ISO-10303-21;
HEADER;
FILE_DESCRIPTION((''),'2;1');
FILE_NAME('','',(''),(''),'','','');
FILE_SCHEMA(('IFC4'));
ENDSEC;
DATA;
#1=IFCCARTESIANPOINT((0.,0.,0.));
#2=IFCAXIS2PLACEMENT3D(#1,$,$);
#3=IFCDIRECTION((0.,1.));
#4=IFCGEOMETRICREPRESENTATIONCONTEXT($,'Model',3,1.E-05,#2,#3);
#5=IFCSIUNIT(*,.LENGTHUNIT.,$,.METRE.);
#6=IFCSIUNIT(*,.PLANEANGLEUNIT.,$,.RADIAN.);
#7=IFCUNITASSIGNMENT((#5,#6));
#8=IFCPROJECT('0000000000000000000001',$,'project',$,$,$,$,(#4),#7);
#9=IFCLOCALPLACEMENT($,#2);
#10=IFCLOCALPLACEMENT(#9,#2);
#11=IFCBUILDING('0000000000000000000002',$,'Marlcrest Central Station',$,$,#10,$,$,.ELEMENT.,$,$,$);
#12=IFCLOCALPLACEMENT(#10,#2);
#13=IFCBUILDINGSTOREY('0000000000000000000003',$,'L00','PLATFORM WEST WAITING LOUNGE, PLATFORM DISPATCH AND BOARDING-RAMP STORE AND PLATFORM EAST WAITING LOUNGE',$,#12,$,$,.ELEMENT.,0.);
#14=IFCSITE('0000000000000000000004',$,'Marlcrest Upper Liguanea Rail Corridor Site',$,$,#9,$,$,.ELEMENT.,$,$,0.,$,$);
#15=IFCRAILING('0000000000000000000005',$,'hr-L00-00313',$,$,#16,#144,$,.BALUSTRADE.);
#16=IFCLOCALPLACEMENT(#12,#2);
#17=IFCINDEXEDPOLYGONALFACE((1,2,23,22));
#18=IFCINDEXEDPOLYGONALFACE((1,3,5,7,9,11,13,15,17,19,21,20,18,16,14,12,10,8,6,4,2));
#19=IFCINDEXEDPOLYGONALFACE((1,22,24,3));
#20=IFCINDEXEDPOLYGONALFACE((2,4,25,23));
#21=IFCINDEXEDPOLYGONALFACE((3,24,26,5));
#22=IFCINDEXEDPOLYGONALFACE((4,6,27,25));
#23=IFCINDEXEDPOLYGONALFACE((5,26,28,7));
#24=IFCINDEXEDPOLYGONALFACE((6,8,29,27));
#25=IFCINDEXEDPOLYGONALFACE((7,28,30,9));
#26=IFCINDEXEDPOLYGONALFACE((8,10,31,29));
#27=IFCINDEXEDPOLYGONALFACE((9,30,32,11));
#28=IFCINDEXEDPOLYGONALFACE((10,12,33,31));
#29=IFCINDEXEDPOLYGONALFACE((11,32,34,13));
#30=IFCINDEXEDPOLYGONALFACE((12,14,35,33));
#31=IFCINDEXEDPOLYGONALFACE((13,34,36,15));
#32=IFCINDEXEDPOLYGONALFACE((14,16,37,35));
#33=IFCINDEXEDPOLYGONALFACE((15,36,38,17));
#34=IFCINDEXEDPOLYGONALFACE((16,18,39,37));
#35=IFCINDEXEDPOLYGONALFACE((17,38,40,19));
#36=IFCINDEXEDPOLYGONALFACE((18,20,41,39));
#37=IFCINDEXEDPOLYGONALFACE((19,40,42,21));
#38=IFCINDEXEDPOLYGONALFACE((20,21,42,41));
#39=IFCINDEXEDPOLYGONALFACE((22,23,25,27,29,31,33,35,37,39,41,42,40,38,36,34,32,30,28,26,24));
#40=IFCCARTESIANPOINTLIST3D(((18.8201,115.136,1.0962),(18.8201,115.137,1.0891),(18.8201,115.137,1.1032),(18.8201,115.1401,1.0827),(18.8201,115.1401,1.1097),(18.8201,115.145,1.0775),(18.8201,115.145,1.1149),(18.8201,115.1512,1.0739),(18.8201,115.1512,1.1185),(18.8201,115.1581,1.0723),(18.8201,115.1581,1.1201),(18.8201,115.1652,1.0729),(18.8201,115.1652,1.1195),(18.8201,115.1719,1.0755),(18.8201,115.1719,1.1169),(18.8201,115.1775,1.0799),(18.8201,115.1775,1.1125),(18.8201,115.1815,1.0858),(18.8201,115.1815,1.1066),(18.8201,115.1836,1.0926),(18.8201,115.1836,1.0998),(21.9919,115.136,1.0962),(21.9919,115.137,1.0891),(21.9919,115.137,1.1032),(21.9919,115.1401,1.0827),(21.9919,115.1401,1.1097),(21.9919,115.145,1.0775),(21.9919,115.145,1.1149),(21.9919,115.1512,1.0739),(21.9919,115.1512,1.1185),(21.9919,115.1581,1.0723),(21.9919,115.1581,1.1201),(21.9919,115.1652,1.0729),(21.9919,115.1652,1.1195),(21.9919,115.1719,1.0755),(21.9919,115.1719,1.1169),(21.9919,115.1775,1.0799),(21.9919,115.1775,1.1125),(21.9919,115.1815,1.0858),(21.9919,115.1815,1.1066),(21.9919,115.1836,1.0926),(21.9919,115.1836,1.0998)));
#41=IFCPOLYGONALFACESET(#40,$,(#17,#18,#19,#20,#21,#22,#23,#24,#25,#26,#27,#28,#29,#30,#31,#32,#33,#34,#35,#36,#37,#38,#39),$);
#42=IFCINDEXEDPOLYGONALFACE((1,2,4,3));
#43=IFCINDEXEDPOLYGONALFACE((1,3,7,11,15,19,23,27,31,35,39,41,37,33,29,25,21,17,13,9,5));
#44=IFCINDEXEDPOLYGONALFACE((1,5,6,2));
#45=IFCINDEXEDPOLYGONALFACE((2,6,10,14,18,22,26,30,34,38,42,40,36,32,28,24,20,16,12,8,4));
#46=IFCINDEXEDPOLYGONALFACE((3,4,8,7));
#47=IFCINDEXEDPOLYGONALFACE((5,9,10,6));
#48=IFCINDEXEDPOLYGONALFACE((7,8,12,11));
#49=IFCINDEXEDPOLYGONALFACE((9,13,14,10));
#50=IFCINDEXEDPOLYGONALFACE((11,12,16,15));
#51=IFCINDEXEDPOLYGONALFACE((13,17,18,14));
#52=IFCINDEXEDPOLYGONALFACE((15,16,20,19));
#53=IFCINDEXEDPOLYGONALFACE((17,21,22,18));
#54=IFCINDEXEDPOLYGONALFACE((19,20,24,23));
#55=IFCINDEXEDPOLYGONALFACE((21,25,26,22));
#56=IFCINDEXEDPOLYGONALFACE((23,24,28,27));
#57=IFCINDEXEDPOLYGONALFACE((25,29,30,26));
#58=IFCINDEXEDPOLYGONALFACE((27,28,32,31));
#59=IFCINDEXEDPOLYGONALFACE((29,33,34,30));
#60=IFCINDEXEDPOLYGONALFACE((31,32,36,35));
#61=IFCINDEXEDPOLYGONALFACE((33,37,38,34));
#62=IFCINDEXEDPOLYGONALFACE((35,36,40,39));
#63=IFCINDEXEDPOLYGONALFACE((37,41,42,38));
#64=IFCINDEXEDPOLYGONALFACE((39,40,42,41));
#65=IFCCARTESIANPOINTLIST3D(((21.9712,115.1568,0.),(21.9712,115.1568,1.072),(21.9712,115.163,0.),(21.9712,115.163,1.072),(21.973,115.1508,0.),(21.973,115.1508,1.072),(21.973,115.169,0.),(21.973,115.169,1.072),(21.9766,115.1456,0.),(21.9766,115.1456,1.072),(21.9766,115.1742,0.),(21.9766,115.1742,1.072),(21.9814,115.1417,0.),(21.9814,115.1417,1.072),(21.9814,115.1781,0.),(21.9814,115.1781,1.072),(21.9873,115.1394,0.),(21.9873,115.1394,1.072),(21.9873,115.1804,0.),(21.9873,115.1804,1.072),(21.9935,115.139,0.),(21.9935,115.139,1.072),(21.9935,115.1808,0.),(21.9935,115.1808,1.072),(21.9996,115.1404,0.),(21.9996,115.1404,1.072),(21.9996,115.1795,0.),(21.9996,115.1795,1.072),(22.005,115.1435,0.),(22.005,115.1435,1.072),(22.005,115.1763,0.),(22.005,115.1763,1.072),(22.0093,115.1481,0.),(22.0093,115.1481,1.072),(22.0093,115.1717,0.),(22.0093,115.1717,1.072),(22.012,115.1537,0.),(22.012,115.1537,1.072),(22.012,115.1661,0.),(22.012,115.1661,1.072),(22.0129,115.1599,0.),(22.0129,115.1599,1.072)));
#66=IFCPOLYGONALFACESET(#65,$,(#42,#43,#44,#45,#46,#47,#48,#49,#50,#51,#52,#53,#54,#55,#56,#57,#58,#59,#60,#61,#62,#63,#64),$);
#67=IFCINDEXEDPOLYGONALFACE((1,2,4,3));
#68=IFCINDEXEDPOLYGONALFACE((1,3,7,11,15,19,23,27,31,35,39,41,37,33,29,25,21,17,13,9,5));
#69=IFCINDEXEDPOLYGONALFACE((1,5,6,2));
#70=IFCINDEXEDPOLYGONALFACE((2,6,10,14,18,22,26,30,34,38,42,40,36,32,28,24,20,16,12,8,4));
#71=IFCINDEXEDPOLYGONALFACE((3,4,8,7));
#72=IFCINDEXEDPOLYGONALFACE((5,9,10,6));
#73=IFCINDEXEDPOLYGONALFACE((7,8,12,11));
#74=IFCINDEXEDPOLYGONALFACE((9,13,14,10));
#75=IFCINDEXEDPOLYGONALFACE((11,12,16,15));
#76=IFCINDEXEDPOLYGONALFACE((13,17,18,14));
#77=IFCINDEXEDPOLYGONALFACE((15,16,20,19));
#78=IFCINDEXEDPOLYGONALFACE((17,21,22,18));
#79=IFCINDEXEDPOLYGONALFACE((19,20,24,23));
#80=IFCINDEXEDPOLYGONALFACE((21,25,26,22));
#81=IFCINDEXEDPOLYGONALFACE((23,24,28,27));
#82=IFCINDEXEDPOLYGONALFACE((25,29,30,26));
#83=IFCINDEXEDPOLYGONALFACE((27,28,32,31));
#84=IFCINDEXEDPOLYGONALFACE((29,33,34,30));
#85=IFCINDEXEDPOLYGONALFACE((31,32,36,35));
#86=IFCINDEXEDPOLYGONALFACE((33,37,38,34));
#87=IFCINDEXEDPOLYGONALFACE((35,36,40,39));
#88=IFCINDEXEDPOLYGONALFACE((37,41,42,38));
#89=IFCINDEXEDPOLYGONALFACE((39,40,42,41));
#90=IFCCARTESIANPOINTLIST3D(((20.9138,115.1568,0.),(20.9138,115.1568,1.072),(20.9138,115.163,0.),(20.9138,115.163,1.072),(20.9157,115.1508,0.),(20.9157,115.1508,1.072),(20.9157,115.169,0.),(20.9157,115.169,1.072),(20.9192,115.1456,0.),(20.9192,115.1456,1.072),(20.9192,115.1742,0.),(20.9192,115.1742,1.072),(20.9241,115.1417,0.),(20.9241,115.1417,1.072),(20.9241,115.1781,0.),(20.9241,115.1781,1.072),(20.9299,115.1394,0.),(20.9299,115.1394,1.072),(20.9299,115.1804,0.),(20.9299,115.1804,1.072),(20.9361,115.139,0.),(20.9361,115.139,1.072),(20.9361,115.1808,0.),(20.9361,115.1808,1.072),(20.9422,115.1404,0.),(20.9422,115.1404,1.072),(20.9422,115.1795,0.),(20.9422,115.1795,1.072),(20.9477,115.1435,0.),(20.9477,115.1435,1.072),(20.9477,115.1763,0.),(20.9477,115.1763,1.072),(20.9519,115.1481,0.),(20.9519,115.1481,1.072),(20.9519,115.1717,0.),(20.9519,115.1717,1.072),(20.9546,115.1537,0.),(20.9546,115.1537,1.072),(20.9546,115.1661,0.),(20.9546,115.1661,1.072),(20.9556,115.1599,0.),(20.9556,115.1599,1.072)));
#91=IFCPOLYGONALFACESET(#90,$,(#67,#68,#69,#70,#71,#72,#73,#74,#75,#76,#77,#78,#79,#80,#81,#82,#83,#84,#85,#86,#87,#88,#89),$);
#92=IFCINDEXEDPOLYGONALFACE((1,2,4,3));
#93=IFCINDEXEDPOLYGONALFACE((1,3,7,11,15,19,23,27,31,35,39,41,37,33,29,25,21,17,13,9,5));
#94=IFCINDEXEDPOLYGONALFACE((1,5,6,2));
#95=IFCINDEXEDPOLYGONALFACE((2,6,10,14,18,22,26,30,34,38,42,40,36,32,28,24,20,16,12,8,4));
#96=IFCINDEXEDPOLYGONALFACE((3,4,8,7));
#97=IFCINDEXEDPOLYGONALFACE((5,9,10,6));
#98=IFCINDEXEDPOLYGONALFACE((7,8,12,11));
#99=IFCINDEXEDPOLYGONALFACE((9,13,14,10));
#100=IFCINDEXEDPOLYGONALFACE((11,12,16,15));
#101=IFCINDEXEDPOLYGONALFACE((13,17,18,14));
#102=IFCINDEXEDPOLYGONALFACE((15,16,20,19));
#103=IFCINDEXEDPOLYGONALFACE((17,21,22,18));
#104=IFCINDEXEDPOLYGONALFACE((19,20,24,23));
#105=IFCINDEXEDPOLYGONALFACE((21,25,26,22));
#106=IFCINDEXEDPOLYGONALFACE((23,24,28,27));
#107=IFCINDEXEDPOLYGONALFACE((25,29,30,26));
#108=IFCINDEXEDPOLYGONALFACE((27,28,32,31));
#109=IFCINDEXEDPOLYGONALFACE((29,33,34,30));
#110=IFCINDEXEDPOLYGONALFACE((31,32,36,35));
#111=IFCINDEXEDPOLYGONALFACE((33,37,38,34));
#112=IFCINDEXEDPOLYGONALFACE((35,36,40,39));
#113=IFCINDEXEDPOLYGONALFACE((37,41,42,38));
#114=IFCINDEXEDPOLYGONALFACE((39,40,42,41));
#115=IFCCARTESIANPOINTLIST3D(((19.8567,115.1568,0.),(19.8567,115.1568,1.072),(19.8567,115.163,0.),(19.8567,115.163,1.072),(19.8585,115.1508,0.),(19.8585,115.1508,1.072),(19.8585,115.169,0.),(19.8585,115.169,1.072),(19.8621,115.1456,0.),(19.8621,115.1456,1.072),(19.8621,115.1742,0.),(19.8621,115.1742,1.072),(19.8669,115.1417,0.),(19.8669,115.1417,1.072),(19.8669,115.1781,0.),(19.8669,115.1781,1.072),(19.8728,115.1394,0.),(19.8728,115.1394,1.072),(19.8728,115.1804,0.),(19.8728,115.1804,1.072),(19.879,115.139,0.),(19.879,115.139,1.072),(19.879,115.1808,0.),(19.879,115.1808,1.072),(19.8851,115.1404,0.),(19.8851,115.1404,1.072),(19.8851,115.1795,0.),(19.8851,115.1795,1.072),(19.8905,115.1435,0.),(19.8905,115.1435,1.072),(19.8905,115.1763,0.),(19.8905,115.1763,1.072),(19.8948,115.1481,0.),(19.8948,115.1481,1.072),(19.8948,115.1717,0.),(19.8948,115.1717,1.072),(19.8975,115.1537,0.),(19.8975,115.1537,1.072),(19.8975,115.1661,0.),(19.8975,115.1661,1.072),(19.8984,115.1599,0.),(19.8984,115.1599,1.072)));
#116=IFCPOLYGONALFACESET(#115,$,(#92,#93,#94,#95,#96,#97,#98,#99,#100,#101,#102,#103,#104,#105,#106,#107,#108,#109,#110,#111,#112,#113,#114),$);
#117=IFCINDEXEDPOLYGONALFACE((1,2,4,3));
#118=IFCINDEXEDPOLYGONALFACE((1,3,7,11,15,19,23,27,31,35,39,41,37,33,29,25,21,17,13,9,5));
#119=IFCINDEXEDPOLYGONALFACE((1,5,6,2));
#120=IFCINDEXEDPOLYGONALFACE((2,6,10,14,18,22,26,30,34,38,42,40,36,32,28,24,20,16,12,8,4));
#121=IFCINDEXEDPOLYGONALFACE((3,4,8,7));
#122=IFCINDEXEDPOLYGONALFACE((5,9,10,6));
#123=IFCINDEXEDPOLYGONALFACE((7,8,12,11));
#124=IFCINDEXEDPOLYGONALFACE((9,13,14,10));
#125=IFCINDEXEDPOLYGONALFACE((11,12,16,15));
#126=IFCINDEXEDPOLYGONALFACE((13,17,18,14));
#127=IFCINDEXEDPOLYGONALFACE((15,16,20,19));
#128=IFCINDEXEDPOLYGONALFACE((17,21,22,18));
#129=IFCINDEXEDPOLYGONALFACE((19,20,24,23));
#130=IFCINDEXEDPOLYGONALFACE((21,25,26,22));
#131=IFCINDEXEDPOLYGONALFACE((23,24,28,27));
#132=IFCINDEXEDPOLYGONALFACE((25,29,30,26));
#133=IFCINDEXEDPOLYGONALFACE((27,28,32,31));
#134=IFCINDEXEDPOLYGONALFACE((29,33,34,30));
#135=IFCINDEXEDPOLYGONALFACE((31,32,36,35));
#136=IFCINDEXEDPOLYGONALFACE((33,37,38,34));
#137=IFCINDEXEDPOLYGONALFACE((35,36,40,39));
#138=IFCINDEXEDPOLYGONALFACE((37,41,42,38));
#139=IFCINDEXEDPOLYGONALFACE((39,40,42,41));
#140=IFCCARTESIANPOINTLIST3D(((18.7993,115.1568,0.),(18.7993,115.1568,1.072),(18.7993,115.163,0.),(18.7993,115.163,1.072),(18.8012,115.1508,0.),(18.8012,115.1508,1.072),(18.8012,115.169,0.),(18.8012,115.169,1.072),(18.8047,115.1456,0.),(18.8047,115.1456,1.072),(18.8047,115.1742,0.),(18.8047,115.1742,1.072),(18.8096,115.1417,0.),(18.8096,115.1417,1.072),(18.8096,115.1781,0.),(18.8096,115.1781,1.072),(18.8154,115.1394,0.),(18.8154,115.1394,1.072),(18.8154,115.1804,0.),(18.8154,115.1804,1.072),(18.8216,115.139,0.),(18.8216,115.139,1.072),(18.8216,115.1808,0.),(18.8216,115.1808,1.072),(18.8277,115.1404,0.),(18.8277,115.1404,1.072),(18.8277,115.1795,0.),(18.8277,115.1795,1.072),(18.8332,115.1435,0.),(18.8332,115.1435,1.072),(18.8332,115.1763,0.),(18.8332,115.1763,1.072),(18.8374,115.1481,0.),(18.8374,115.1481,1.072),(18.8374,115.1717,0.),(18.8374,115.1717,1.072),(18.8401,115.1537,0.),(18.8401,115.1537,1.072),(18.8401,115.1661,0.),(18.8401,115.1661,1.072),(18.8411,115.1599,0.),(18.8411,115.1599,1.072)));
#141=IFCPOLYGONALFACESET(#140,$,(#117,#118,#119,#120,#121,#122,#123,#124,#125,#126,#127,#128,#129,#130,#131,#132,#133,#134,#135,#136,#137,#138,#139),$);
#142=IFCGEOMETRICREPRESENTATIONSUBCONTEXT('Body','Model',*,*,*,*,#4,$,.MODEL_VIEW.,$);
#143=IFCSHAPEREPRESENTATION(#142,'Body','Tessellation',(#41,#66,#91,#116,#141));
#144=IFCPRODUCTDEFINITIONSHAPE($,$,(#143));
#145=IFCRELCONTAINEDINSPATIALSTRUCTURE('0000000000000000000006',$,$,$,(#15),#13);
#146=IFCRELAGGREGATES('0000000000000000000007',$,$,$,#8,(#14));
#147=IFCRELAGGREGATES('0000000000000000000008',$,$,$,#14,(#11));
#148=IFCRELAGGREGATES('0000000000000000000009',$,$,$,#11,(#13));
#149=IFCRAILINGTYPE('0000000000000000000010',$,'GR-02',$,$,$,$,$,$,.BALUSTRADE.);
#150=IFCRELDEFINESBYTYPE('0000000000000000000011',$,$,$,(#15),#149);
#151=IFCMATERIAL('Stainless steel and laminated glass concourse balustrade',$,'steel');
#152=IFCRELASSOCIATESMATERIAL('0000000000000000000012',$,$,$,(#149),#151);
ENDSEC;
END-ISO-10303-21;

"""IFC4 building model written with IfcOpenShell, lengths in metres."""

from ifc_helpers import new_model, si_unit, direction, frame, origin, origin_2d, place, context, subcontext, project, spatial, circle, extrude, material, type_object, element, save


model = new_model("IFC4")

# Units and contexts
model_context = context("Model", 3, precision=1e-05, world=origin(), true_north=direction((0.0, 1.0)))
body_context = subcontext(model_context, "Body", "Model", "MODEL_VIEW")
ifc_project = project(units=[si_unit("LENGTHUNIT", "METRE"), si_unit("PLANEANGLEUNIT", "RADIAN")], contexts=[model_context])

# Site, building, storey
site_placement = place(None, origin())
site = spatial("IfcSite", under=ifc_project, at=site_placement, Name="Marlcrest Upper Liguanea Rail Corridor Site", CompositionType="ELEMENT", RefElevation=0.0)
building_placement = place(site_placement, origin())
building = spatial("IfcBuilding", under=site, at=building_placement, Name="Marlcrest Central Station", CompositionType="ELEMENT")
storey_placement = place(building_placement, origin())
storey = spatial("IfcBuildingStorey", under=building, at=storey_placement, Name="L00", Description="PLATFORM WEST WAITING LOUNGE, PLATFORM DISPATCH AND BOARDING-RAMP STORE AND PLATFORM EAST WAITING LOUNGE", CompositionType="ELEMENT", Elevation=0.0)

# Railing
ifc_material_1 = material(Name="Stainless steel and laminated glass concourse balustrade", Category="steel")
railing_type_1 = type_object("IfcRailingType", Name="GR-02", PredefinedType="BALUSTRADE", material=ifc_material_1)
railing_placement = place(storey_placement, frame((21.9919, 115.1599, 0.0)))
element("IfcRailing", 1, at=railing_placement, inside=storey, type_object=railing_type_1, Name="hr-L00-00313", PredefinedType="BALUSTRADE", context=body_context, shape_type="SweptSolid", body=[
    extrude(circle(Radius=0.0239, at=origin_2d()), frame((0.0, 0.0, 1.0962), z_axis=(-1.0, 0.0, 0.0), x_axis=(0.0, -1.0, 0.0)), (0.0, 0.0, 1.0), 3.1719),
    extrude(circle(Radius=0.021, at=origin_2d()), origin(), (0.0, 0.0, 1.0), 1.072),
    extrude(circle(Radius=0.021, at=origin_2d()), frame((-1.0574, 0.0, 0.0)), (0.0, 0.0, 1.0), 1.072),
    extrude(circle(Radius=0.021, at=origin_2d()), frame((-2.1145, 0.0, 0.0)), (0.0, 0.0, 1.0), 1.072),
    extrude(circle(Radius=0.021, at=origin_2d()), frame((-3.1719, 0.0, 0.0)), (0.0, 0.0, 1.0), 1.072),
])

save(model, "model.ifc")
